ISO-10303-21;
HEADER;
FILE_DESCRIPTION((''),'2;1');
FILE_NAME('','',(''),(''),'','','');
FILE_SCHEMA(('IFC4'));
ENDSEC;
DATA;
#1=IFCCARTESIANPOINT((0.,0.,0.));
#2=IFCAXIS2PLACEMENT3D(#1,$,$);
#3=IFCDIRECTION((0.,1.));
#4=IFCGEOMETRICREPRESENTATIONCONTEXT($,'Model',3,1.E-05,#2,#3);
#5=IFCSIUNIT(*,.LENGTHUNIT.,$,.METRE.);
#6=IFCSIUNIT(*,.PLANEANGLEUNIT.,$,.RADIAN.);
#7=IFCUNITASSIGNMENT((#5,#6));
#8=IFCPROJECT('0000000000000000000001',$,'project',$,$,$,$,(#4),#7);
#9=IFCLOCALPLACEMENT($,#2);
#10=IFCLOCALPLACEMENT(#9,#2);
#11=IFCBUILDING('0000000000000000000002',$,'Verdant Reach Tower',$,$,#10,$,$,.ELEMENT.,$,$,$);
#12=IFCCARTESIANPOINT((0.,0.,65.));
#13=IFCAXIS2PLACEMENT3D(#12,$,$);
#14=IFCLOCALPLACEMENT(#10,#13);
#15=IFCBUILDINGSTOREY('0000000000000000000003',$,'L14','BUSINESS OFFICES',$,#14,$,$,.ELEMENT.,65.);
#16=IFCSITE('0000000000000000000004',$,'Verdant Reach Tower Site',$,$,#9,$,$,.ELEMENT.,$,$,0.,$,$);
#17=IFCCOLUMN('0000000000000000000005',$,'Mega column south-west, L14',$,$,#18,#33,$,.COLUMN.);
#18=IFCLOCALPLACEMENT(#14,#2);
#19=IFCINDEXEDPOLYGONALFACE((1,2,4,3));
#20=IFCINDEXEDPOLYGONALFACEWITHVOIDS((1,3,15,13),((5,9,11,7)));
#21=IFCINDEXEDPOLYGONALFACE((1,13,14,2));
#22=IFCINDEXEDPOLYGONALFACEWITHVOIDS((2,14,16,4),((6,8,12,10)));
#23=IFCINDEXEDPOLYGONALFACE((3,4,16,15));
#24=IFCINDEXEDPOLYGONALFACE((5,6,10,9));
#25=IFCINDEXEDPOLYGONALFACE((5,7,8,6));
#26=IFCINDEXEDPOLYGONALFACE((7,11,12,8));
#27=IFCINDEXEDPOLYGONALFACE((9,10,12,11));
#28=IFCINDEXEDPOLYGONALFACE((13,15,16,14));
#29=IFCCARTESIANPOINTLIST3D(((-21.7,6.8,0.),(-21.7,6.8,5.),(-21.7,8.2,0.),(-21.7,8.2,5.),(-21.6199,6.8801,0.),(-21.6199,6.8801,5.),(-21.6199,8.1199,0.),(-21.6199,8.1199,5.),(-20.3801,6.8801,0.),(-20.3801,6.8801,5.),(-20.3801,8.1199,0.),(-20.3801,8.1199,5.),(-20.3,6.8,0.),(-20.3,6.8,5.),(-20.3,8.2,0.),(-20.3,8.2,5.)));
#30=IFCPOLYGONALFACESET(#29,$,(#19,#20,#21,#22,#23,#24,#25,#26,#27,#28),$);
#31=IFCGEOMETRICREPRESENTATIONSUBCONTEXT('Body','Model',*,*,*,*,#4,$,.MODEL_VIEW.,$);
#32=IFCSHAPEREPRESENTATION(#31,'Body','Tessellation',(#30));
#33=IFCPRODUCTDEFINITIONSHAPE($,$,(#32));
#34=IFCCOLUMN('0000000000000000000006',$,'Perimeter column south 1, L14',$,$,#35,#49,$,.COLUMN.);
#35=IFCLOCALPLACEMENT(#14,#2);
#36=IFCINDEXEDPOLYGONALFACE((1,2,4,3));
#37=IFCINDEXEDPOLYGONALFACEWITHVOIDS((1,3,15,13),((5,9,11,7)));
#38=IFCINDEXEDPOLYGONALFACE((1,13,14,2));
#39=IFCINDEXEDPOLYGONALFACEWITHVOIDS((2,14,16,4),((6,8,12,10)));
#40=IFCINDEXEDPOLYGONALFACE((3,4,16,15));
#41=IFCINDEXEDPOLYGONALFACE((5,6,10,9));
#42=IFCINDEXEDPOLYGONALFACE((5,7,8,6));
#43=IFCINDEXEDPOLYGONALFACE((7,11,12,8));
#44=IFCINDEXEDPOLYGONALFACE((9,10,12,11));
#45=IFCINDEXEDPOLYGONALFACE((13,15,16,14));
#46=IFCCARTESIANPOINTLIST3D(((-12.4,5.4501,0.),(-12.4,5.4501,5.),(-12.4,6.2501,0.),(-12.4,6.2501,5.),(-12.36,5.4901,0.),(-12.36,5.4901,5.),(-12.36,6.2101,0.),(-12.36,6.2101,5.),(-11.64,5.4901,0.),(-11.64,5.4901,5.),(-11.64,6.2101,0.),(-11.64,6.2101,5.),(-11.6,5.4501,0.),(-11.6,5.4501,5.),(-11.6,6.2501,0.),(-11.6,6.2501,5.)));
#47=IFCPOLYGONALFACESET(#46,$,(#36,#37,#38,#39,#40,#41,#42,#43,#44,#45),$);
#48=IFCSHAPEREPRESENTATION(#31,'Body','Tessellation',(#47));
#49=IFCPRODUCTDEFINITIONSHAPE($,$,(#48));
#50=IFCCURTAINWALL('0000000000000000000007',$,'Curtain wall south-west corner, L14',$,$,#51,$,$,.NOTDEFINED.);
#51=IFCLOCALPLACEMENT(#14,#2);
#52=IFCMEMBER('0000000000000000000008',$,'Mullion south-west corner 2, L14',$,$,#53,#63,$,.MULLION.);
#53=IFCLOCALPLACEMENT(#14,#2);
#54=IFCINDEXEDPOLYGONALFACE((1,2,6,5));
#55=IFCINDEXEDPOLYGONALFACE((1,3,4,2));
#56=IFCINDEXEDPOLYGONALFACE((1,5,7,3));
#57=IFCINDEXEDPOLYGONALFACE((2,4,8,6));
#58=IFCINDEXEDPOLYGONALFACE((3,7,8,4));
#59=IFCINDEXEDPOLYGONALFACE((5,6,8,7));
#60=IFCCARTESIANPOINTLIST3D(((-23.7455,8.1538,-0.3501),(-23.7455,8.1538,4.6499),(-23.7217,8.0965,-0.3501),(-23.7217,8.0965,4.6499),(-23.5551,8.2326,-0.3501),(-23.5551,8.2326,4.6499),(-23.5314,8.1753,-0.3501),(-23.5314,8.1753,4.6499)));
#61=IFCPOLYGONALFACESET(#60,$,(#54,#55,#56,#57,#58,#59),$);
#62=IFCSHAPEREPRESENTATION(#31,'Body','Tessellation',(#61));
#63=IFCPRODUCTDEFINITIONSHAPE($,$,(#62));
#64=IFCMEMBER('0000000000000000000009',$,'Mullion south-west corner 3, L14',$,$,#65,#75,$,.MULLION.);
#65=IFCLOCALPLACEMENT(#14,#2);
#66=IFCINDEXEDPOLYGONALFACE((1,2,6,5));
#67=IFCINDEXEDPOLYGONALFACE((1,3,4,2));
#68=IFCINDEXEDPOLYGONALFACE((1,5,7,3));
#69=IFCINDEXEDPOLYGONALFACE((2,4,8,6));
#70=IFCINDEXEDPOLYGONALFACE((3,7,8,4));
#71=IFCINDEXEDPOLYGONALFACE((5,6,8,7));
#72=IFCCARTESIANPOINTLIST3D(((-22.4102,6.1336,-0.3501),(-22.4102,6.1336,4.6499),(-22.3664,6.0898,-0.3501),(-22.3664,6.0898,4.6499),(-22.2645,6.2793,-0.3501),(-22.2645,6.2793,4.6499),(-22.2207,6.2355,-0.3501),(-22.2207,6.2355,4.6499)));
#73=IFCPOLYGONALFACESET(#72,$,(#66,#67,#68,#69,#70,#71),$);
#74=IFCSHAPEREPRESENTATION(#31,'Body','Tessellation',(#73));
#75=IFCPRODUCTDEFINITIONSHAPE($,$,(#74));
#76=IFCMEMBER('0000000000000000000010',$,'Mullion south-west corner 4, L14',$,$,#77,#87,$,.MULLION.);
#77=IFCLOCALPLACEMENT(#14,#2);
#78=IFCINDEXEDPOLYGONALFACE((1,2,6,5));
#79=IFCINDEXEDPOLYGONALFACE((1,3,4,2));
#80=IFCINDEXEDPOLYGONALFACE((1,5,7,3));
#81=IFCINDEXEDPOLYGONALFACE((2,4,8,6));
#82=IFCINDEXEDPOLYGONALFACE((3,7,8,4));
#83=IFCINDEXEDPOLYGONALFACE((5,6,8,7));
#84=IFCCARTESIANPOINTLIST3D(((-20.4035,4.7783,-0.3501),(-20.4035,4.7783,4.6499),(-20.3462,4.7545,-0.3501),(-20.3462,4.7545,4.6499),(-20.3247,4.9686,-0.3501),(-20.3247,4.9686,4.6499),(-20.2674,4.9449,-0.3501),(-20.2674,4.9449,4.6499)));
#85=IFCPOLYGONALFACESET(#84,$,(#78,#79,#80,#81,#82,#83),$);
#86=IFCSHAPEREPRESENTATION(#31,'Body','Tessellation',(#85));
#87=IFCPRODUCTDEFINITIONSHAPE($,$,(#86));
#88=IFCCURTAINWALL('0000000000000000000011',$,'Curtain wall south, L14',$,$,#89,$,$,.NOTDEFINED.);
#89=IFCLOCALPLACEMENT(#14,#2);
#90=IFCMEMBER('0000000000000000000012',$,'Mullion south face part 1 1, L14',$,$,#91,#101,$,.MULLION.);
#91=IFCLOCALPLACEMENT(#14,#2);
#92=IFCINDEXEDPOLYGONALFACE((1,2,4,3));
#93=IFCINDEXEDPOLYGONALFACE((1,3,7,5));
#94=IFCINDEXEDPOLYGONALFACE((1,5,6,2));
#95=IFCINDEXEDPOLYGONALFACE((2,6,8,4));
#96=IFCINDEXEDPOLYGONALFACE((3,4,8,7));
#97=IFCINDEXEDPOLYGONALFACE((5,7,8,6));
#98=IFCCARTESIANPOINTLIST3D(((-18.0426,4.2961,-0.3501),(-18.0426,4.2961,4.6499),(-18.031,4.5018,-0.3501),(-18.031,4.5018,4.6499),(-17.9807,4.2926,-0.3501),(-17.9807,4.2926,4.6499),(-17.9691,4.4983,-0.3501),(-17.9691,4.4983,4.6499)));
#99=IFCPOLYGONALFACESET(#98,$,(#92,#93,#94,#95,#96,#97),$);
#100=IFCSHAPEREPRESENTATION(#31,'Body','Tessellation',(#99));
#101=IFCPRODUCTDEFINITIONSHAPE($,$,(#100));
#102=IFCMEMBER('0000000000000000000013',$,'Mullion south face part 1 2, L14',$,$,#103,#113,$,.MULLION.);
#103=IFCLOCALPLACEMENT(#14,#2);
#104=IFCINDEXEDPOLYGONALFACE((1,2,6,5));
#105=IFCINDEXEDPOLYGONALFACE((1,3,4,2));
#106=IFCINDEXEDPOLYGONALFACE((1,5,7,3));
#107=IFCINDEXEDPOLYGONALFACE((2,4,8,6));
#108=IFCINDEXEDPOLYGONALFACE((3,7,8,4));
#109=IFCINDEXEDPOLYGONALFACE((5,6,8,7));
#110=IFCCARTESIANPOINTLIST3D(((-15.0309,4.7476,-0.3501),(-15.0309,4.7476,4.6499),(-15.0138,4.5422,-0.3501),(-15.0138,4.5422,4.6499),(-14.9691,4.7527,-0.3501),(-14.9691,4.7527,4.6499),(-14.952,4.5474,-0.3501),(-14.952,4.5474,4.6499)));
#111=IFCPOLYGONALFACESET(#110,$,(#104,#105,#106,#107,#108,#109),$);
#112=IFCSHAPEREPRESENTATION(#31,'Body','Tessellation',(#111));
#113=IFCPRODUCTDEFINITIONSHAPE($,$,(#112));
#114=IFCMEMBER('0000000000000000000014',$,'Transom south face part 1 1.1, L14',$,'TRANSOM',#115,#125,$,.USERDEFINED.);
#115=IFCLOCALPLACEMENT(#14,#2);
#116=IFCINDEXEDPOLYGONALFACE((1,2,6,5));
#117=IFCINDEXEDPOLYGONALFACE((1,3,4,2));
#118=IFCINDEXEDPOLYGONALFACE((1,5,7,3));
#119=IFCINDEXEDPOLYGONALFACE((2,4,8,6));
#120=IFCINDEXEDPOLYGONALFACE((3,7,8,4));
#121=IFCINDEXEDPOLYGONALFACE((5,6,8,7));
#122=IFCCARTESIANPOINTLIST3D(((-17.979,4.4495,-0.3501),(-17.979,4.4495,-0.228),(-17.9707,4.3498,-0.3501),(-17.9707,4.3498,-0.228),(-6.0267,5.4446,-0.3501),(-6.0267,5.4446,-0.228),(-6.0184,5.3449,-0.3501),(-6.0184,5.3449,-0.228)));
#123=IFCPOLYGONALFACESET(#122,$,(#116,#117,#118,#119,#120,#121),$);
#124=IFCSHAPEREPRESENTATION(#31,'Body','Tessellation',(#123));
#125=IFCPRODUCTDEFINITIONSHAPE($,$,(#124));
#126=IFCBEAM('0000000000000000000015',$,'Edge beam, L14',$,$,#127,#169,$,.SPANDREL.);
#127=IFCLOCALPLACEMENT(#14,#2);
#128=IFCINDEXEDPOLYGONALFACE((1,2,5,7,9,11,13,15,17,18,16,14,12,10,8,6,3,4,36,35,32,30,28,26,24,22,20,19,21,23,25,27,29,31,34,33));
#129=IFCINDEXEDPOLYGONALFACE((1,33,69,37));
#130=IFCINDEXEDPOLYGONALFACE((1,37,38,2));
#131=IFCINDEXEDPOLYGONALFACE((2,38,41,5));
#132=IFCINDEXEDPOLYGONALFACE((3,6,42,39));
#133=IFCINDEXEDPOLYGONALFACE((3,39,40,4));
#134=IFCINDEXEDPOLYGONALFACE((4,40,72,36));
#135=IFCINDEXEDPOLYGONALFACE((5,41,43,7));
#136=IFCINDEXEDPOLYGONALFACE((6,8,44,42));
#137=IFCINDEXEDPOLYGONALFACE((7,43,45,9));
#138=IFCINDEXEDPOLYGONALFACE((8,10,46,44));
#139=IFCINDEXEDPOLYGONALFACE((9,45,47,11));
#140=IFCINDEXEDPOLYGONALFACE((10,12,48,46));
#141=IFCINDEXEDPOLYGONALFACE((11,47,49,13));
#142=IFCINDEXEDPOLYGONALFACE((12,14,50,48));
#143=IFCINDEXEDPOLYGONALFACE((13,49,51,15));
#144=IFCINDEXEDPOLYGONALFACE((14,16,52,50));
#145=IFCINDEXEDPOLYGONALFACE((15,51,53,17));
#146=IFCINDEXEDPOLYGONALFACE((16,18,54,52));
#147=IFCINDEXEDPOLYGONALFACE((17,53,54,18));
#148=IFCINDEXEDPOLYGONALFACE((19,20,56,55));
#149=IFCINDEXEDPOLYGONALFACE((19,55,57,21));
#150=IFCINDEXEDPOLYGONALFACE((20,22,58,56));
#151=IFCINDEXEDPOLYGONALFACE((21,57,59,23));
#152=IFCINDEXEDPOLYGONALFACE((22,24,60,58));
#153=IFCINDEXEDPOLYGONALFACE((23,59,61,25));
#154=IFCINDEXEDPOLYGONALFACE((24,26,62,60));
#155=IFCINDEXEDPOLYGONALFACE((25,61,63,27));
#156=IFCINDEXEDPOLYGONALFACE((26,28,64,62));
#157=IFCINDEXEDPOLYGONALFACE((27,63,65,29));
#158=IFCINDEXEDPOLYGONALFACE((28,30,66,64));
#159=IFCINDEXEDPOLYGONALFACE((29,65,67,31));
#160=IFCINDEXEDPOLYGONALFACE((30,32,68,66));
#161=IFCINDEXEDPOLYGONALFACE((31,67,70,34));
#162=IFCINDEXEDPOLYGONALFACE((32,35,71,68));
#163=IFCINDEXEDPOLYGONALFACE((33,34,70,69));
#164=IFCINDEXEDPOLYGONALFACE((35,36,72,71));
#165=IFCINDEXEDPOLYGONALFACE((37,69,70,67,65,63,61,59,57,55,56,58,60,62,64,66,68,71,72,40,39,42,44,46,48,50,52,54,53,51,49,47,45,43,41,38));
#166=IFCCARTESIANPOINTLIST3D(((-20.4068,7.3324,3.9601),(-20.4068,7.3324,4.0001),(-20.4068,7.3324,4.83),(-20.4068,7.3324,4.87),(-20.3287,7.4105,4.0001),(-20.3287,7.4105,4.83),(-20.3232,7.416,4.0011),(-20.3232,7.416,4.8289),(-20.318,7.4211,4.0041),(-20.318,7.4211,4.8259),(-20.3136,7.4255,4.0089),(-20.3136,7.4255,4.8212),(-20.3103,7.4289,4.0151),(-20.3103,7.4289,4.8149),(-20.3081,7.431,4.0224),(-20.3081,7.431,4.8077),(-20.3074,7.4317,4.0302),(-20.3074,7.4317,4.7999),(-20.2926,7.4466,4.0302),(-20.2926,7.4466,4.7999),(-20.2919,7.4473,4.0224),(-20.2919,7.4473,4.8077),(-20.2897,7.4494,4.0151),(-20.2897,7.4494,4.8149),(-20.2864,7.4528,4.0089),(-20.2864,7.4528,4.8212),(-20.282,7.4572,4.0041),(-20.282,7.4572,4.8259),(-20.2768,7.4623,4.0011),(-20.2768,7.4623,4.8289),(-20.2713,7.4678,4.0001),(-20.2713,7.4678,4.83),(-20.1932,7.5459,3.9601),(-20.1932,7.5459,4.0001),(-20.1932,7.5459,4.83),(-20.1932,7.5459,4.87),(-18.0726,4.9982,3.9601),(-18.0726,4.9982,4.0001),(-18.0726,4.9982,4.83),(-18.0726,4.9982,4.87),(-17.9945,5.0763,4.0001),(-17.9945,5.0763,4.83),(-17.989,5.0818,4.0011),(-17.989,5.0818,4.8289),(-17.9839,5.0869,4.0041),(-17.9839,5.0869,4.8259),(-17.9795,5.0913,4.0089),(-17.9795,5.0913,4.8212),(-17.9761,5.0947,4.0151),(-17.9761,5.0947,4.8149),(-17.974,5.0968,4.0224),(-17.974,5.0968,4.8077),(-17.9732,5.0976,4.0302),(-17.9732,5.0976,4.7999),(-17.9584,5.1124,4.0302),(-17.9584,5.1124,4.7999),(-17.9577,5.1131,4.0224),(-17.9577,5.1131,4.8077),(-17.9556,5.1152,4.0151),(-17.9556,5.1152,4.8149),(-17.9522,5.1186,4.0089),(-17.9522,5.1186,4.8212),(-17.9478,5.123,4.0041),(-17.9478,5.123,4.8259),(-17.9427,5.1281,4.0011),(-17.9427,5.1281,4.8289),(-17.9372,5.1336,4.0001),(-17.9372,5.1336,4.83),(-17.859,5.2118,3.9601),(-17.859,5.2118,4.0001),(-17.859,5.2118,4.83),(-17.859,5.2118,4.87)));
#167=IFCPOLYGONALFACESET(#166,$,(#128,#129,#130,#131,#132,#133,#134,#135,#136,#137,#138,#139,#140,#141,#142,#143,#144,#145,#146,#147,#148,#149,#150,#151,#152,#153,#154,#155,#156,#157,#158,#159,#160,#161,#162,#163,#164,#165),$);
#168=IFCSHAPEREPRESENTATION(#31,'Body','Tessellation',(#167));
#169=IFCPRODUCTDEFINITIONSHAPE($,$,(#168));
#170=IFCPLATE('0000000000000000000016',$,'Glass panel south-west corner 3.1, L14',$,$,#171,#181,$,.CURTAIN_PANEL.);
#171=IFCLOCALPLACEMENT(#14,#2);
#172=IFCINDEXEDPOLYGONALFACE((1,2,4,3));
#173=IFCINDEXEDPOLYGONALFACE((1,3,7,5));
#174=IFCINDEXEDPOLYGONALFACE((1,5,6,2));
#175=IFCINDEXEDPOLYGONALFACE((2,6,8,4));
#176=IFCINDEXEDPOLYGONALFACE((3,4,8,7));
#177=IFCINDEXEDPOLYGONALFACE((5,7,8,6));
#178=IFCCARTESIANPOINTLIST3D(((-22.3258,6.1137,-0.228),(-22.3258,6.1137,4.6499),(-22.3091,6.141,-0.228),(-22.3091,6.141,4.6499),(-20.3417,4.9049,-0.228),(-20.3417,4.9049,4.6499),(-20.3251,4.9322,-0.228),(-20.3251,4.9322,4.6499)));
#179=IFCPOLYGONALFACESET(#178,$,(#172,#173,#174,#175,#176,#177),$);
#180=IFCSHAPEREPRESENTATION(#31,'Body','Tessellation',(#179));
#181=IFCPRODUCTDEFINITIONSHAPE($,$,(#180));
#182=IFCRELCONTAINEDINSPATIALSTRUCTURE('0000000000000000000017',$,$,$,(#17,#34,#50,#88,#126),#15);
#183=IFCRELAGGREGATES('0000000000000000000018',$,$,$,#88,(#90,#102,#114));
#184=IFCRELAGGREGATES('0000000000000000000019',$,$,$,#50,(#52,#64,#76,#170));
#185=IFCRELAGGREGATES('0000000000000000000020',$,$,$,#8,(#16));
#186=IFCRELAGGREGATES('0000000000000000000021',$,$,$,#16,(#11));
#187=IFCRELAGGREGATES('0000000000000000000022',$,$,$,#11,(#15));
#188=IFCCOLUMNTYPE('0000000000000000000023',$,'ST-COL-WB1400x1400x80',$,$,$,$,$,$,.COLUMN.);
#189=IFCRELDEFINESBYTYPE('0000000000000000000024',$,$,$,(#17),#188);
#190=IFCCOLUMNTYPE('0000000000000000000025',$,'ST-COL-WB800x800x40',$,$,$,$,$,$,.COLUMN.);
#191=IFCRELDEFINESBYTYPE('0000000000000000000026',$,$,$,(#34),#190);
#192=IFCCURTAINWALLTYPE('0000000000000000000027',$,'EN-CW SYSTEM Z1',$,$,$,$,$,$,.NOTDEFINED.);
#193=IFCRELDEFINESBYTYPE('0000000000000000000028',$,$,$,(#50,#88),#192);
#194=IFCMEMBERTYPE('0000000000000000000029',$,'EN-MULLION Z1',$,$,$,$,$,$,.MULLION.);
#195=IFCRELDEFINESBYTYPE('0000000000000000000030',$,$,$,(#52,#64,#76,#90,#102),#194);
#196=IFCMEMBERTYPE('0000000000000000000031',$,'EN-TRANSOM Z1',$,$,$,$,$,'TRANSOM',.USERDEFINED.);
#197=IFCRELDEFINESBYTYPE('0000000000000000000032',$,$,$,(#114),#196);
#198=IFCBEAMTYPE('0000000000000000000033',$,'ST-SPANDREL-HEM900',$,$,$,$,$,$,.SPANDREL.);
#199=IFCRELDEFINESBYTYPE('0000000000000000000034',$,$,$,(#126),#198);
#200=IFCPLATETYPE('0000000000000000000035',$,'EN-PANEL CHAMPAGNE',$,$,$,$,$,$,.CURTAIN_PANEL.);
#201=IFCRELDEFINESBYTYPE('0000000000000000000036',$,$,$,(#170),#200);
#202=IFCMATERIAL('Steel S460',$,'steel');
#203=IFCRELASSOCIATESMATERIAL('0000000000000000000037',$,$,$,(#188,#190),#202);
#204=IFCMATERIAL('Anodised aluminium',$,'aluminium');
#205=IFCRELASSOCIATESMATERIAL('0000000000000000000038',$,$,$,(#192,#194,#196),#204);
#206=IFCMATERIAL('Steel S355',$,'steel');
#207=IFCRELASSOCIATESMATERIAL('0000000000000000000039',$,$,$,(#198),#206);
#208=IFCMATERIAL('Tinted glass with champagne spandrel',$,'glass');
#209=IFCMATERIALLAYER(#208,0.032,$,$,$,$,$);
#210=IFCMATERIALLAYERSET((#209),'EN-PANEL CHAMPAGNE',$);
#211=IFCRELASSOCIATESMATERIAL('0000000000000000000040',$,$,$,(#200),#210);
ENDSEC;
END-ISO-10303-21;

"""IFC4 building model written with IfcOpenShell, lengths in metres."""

from ifc_helpers import new_model, si_unit, direction, frame, origin, origin_2d, place, context, subcontext, project, spatial, rectangle, hollow_rectangle, i_section, extrude, material, layer, layer_set, material_profile, profile_set, type_object, element, aggregate, save


model = new_model("IFC4")

# Units and contexts
model_context = context("Model", 3, precision=1e-05, world=origin(), true_north=direction((0.0, 1.0)))
body_context = subcontext(model_context, "Body", "Model", "MODEL_VIEW")
ifc_project = project(units=[si_unit("LENGTHUNIT", "METRE"), si_unit("PLANEANGLEUNIT", "RADIAN")], contexts=[model_context])

# Site, building, storey
site_placement = place(None, origin())
site = spatial("IfcSite", under=ifc_project, at=site_placement, Name="Verdant Reach Tower Site", CompositionType="ELEMENT", RefElevation=0.0)
building_placement = place(site_placement, origin())
building = spatial("IfcBuilding", under=site, at=building_placement, Name="Verdant Reach Tower", CompositionType="ELEMENT")
storey_placement = place(building_placement, frame((0.0, 0.0, 65.0)))
storey = spatial("IfcBuildingStorey", under=building, at=storey_placement, Name="L14", Description="BUSINESS OFFICES", CompositionType="ELEMENT", Elevation=65.0)

# Columns
ifc_material_1 = material(Name="Steel S460", Category="steel")
ifc_material_profile_1 = material_profile(ifc_material_1, hollow_rectangle(XDim=1.3999, YDim=1.3999, WallThickness=0.0801, at=origin_2d()), Name="WB 1400x1400x80")
ifc_profile_set_1 = profile_set([ifc_material_profile_1], Name="Steel S460")
column_type_1 = type_object("IfcColumnType", Name="ST-COL-WB1400x1400x80", PredefinedType="COLUMN", material=ifc_profile_set_1)
column_1_placement = place(storey_placement, frame((-21.0, 7.5, 0.0), z_axis=(0.0, 0.0, 1.0), x_axis=(1.0, 0.0, 0.0)))
element("IfcColumn", 1, at=column_1_placement, inside=storey, type_object=column_type_1, Name="Mega column south-west, L14", PredefinedType="COLUMN", context=body_context, shape_type="SweptSolid", body=[
    extrude(hollow_rectangle(XDim=1.3999, YDim=1.3999, WallThickness=0.0801, at=origin_2d()), origin(), (0.0, 0.0, 1.0), 5.0),
])
ifc_material_profile_2 = material_profile(ifc_material_1, hollow_rectangle(XDim=0.8, YDim=0.8, WallThickness=0.04, at=origin_2d()), Name="WB 800x800x40")
ifc_profile_set_2 = profile_set([ifc_material_profile_2], Name="Steel S460")
column_type_2 = type_object("IfcColumnType", Name="ST-COL-WB800x800x40", PredefinedType="COLUMN", material=ifc_profile_set_2)
column_2_placement = place(storey_placement, frame((-12.0, 5.8501, 0.0), z_axis=(0.0, 0.0, 1.0), x_axis=(1.0, 0.0, 0.0)))
element("IfcColumn", 2, at=column_2_placement, inside=storey, type_object=column_type_2, Name="Perimeter column south 1, L14", PredefinedType="COLUMN", context=body_context, shape_type="SweptSolid", body=[
    extrude(hollow_rectangle(XDim=0.8, YDim=0.8, WallThickness=0.04, at=origin_2d()), origin(), (0.0, 0.0, 1.0), 5.0),
])

# Curtain walls, members
ifc_material_2 = material(Name="Anodised aluminium", Category="aluminium")
curtain_wall_type = type_object("IfcCurtainWallType", Name="EN-CW SYSTEM Z1", PredefinedType="NOTDEFINED", material=ifc_material_2)
curtain_wall_1_placement = place(storey_placement, origin())
curtain_wall_1 = element("IfcCurtainWall", 3, at=curtain_wall_1_placement, inside=storey, type_object=curtain_wall_type, Name="Curtain wall south-west corner, L14", PredefinedType="NOTDEFINED")
ifc_material_profile_3 = material_profile(ifc_material_2, rectangle(XDim=0.2061, YDim=0.062, at=origin_2d()), Name="Mullion 62x206")
ifc_profile_set_3 = profile_set([ifc_material_profile_3], Name="Anodised aluminium")
member_type_1 = type_object("IfcMemberType", Name="EN-MULLION Z1", PredefinedType="MULLION", material=ifc_profile_set_3)
member_1_placement = place(storey_placement, frame((-23.6384, 8.1646, -0.3501), z_axis=(0.0, 0.0, 1.0), x_axis=(-0.923875, -0.382694, 0.0)))
member_1 = element("IfcMember", 4, at=member_1_placement, type_object=member_type_1, Name="Mullion south-west corner 2, L14", PredefinedType="MULLION", context=body_context, shape_type="SweptSolid", body=[
    extrude(rectangle(XDim=0.2061, YDim=0.062, at=origin_2d()), origin(), (0.0, 0.0, 1.0), 5.0),
])
member_2_placement = place(storey_placement, frame((-22.3154, 6.1846, -0.3501), z_axis=(0.0, 0.0, 1.0), x_axis=(-0.707107, -0.707107, 0.0)))
member_2 = element("IfcMember", 5, at=member_2_placement, type_object=member_type_1, Name="Mullion south-west corner 3, L14", PredefinedType="MULLION", context=body_context, shape_type="SweptSolid", body=[
    extrude(rectangle(XDim=0.2061, YDim=0.062, at=origin_2d()), origin(), (0.0, 0.0, 1.0), 5.0),
])
member_3_placement = place(storey_placement, frame((-20.3354, 4.8616, -0.3501), z_axis=(0.0, 0.0, 1.0), x_axis=(-0.382694, -0.923875, 0.0)))
member_3 = element("IfcMember", 6, at=member_3_placement, type_object=member_type_1, Name="Mullion south-west corner 4, L14", PredefinedType="MULLION", context=body_context, shape_type="SweptSolid", body=[
    extrude(rectangle(XDim=0.2061, YDim=0.062, at=origin_2d()), origin(), (0.0, 0.0, 1.0), 5.0),
])
curtain_wall_2_placement = place(storey_placement, origin())
curtain_wall_2 = element("IfcCurtainWall", 7, at=curtain_wall_2_placement, inside=storey, type_object=curtain_wall_type, Name="Curtain wall south, L14", PredefinedType="NOTDEFINED")
member_4_placement = place(storey_placement, frame((-18.0059, 4.3972, -0.3501), z_axis=(0.0, 0.0, 1.0), x_axis=(-0.056569, -0.998399, 0.0)))
member_4 = element("IfcMember", 8, at=member_4_placement, type_object=member_type_1, Name="Mullion south face part 1 1, L14", PredefinedType="MULLION", context=body_context, shape_type="SweptSolid", body=[
    extrude(rectangle(XDim=0.2061, YDim=0.062, at=origin_2d()), origin(), (0.0, 0.0, 1.0), 5.0),
])
member_5_placement = place(storey_placement, frame((-14.9915, 4.6475, -0.3501), z_axis=(0.0, 0.0, 1.0), x_axis=(0.083045, -0.996546, 0.0)))
member_5 = element("IfcMember", 9, at=member_5_placement, type_object=member_type_1, Name="Mullion south face part 1 2, L14", PredefinedType="MULLION", context=body_context, shape_type="SweptSolid", body=[
    extrude(rectangle(XDim=0.2061, YDim=0.062, at=origin_2d()), origin(), (0.0, 0.0, 1.0), 5.0),
])
ifc_material_profile_4 = material_profile(ifc_material_2, rectangle(XDim=0.1001, YDim=0.1221, at=origin_2d()), Name="Transom 122x100")
ifc_profile_set_4 = profile_set([ifc_material_profile_4], Name="Anodised aluminium")
member_type_2 = type_object("IfcMemberType", Name="EN-TRANSOM Z1", ElementType="TRANSOM", PredefinedType="USERDEFINED", material=ifc_profile_set_4)
member_6_placement = place(storey_placement, frame((-17.9749, 4.3997, -0.2891), z_axis=(0.996552, 0.08297, 0.0), x_axis=(-0.08297, 0.996552, 0.0)))
member_6 = element("IfcMember", 10, at=member_6_placement, type_object=member_type_2, Name="Transom south face part 1 1.1, L14", ObjectType="TRANSOM", PredefinedType="USERDEFINED", context=body_context, shape_type="SweptSolid", body=[
    extrude(rectangle(XDim=0.1001, YDim=0.1221, at=origin_2d()), origin(), (0.0, 0.0, 1.0), 11.9937),
])

# Beam
ifc_material_3 = material(Name="Steel S355", Category="steel")
ifc_material_profile_5 = material_profile(ifc_material_3, i_section(OverallWidth=0.302, OverallDepth=0.9099, WebThickness=0.021, FlangeThickness=0.04, FilletRadius=0.03, at=origin_2d()), Name="HEM 900")
ifc_profile_set_5 = profile_set([ifc_material_profile_5], Name="Steel S355")
beam_type = type_object("IfcBeamType", Name="ST-SPANDREL-HEM900", PredefinedType="SPANDREL", material=ifc_profile_set_5)
beam_placement = place(storey_placement, frame((-17.9658, 5.105, 4.415), z_axis=(-0.707107, 0.707107, 0.0), x_axis=(-0.707107, -0.707107, 0.0)))
element("IfcBeam", 11, at=beam_placement, inside=storey, type_object=beam_type, Name="Edge beam, L14", PredefinedType="SPANDREL", context=body_context, shape_type="SweptSolid", body=[
    extrude(i_section(OverallWidth=0.302, OverallDepth=0.9099, WebThickness=0.021, FlangeThickness=0.04, FilletRadius=0.03, at=origin_2d()), origin(), (0.0, 0.0, 1.0), 3.301),
])

# Plate
ifc_material_4 = material(Name="Tinted glass with champagne spandrel", Category="glass")
ifc_layer_1 = layer(ifc_material_4, 0.032)
ifc_layer_set_1 = layer_set([ifc_layer_1], Name="EN-PANEL CHAMPAGNE")
plate_type_1 = type_object("IfcPlateType", Name="EN-PANEL CHAMPAGNE", PredefinedType="CURTAIN_PANEL", material=ifc_layer_set_1)
plate_1_placement = place(storey_placement, frame((-21.3254, 5.5229, -0.228), z_axis=(0.0, 0.0, 1.0), x_axis=(0.853989, -0.520292, 0.0)))
plate_1 = element("IfcPlate", 12, at=plate_1_placement, type_object=plate_type_1, Name="Glass panel south-west corner 3.1, L14", PredefinedType="CURTAIN_PANEL", context=body_context, shape_type="SweptSolid", body=[
    extrude(rectangle(XDim=2.3232, YDim=0.032, at=origin_2d()), origin(), (0.0, 0.0, 1.0), 4.8779),
])
aggregate(curtain_wall_2, [member_4, member_5, member_6])
aggregate(curtain_wall_1, [member_1, member_2, member_3, plate_1])

save(model, "model.ifc")
